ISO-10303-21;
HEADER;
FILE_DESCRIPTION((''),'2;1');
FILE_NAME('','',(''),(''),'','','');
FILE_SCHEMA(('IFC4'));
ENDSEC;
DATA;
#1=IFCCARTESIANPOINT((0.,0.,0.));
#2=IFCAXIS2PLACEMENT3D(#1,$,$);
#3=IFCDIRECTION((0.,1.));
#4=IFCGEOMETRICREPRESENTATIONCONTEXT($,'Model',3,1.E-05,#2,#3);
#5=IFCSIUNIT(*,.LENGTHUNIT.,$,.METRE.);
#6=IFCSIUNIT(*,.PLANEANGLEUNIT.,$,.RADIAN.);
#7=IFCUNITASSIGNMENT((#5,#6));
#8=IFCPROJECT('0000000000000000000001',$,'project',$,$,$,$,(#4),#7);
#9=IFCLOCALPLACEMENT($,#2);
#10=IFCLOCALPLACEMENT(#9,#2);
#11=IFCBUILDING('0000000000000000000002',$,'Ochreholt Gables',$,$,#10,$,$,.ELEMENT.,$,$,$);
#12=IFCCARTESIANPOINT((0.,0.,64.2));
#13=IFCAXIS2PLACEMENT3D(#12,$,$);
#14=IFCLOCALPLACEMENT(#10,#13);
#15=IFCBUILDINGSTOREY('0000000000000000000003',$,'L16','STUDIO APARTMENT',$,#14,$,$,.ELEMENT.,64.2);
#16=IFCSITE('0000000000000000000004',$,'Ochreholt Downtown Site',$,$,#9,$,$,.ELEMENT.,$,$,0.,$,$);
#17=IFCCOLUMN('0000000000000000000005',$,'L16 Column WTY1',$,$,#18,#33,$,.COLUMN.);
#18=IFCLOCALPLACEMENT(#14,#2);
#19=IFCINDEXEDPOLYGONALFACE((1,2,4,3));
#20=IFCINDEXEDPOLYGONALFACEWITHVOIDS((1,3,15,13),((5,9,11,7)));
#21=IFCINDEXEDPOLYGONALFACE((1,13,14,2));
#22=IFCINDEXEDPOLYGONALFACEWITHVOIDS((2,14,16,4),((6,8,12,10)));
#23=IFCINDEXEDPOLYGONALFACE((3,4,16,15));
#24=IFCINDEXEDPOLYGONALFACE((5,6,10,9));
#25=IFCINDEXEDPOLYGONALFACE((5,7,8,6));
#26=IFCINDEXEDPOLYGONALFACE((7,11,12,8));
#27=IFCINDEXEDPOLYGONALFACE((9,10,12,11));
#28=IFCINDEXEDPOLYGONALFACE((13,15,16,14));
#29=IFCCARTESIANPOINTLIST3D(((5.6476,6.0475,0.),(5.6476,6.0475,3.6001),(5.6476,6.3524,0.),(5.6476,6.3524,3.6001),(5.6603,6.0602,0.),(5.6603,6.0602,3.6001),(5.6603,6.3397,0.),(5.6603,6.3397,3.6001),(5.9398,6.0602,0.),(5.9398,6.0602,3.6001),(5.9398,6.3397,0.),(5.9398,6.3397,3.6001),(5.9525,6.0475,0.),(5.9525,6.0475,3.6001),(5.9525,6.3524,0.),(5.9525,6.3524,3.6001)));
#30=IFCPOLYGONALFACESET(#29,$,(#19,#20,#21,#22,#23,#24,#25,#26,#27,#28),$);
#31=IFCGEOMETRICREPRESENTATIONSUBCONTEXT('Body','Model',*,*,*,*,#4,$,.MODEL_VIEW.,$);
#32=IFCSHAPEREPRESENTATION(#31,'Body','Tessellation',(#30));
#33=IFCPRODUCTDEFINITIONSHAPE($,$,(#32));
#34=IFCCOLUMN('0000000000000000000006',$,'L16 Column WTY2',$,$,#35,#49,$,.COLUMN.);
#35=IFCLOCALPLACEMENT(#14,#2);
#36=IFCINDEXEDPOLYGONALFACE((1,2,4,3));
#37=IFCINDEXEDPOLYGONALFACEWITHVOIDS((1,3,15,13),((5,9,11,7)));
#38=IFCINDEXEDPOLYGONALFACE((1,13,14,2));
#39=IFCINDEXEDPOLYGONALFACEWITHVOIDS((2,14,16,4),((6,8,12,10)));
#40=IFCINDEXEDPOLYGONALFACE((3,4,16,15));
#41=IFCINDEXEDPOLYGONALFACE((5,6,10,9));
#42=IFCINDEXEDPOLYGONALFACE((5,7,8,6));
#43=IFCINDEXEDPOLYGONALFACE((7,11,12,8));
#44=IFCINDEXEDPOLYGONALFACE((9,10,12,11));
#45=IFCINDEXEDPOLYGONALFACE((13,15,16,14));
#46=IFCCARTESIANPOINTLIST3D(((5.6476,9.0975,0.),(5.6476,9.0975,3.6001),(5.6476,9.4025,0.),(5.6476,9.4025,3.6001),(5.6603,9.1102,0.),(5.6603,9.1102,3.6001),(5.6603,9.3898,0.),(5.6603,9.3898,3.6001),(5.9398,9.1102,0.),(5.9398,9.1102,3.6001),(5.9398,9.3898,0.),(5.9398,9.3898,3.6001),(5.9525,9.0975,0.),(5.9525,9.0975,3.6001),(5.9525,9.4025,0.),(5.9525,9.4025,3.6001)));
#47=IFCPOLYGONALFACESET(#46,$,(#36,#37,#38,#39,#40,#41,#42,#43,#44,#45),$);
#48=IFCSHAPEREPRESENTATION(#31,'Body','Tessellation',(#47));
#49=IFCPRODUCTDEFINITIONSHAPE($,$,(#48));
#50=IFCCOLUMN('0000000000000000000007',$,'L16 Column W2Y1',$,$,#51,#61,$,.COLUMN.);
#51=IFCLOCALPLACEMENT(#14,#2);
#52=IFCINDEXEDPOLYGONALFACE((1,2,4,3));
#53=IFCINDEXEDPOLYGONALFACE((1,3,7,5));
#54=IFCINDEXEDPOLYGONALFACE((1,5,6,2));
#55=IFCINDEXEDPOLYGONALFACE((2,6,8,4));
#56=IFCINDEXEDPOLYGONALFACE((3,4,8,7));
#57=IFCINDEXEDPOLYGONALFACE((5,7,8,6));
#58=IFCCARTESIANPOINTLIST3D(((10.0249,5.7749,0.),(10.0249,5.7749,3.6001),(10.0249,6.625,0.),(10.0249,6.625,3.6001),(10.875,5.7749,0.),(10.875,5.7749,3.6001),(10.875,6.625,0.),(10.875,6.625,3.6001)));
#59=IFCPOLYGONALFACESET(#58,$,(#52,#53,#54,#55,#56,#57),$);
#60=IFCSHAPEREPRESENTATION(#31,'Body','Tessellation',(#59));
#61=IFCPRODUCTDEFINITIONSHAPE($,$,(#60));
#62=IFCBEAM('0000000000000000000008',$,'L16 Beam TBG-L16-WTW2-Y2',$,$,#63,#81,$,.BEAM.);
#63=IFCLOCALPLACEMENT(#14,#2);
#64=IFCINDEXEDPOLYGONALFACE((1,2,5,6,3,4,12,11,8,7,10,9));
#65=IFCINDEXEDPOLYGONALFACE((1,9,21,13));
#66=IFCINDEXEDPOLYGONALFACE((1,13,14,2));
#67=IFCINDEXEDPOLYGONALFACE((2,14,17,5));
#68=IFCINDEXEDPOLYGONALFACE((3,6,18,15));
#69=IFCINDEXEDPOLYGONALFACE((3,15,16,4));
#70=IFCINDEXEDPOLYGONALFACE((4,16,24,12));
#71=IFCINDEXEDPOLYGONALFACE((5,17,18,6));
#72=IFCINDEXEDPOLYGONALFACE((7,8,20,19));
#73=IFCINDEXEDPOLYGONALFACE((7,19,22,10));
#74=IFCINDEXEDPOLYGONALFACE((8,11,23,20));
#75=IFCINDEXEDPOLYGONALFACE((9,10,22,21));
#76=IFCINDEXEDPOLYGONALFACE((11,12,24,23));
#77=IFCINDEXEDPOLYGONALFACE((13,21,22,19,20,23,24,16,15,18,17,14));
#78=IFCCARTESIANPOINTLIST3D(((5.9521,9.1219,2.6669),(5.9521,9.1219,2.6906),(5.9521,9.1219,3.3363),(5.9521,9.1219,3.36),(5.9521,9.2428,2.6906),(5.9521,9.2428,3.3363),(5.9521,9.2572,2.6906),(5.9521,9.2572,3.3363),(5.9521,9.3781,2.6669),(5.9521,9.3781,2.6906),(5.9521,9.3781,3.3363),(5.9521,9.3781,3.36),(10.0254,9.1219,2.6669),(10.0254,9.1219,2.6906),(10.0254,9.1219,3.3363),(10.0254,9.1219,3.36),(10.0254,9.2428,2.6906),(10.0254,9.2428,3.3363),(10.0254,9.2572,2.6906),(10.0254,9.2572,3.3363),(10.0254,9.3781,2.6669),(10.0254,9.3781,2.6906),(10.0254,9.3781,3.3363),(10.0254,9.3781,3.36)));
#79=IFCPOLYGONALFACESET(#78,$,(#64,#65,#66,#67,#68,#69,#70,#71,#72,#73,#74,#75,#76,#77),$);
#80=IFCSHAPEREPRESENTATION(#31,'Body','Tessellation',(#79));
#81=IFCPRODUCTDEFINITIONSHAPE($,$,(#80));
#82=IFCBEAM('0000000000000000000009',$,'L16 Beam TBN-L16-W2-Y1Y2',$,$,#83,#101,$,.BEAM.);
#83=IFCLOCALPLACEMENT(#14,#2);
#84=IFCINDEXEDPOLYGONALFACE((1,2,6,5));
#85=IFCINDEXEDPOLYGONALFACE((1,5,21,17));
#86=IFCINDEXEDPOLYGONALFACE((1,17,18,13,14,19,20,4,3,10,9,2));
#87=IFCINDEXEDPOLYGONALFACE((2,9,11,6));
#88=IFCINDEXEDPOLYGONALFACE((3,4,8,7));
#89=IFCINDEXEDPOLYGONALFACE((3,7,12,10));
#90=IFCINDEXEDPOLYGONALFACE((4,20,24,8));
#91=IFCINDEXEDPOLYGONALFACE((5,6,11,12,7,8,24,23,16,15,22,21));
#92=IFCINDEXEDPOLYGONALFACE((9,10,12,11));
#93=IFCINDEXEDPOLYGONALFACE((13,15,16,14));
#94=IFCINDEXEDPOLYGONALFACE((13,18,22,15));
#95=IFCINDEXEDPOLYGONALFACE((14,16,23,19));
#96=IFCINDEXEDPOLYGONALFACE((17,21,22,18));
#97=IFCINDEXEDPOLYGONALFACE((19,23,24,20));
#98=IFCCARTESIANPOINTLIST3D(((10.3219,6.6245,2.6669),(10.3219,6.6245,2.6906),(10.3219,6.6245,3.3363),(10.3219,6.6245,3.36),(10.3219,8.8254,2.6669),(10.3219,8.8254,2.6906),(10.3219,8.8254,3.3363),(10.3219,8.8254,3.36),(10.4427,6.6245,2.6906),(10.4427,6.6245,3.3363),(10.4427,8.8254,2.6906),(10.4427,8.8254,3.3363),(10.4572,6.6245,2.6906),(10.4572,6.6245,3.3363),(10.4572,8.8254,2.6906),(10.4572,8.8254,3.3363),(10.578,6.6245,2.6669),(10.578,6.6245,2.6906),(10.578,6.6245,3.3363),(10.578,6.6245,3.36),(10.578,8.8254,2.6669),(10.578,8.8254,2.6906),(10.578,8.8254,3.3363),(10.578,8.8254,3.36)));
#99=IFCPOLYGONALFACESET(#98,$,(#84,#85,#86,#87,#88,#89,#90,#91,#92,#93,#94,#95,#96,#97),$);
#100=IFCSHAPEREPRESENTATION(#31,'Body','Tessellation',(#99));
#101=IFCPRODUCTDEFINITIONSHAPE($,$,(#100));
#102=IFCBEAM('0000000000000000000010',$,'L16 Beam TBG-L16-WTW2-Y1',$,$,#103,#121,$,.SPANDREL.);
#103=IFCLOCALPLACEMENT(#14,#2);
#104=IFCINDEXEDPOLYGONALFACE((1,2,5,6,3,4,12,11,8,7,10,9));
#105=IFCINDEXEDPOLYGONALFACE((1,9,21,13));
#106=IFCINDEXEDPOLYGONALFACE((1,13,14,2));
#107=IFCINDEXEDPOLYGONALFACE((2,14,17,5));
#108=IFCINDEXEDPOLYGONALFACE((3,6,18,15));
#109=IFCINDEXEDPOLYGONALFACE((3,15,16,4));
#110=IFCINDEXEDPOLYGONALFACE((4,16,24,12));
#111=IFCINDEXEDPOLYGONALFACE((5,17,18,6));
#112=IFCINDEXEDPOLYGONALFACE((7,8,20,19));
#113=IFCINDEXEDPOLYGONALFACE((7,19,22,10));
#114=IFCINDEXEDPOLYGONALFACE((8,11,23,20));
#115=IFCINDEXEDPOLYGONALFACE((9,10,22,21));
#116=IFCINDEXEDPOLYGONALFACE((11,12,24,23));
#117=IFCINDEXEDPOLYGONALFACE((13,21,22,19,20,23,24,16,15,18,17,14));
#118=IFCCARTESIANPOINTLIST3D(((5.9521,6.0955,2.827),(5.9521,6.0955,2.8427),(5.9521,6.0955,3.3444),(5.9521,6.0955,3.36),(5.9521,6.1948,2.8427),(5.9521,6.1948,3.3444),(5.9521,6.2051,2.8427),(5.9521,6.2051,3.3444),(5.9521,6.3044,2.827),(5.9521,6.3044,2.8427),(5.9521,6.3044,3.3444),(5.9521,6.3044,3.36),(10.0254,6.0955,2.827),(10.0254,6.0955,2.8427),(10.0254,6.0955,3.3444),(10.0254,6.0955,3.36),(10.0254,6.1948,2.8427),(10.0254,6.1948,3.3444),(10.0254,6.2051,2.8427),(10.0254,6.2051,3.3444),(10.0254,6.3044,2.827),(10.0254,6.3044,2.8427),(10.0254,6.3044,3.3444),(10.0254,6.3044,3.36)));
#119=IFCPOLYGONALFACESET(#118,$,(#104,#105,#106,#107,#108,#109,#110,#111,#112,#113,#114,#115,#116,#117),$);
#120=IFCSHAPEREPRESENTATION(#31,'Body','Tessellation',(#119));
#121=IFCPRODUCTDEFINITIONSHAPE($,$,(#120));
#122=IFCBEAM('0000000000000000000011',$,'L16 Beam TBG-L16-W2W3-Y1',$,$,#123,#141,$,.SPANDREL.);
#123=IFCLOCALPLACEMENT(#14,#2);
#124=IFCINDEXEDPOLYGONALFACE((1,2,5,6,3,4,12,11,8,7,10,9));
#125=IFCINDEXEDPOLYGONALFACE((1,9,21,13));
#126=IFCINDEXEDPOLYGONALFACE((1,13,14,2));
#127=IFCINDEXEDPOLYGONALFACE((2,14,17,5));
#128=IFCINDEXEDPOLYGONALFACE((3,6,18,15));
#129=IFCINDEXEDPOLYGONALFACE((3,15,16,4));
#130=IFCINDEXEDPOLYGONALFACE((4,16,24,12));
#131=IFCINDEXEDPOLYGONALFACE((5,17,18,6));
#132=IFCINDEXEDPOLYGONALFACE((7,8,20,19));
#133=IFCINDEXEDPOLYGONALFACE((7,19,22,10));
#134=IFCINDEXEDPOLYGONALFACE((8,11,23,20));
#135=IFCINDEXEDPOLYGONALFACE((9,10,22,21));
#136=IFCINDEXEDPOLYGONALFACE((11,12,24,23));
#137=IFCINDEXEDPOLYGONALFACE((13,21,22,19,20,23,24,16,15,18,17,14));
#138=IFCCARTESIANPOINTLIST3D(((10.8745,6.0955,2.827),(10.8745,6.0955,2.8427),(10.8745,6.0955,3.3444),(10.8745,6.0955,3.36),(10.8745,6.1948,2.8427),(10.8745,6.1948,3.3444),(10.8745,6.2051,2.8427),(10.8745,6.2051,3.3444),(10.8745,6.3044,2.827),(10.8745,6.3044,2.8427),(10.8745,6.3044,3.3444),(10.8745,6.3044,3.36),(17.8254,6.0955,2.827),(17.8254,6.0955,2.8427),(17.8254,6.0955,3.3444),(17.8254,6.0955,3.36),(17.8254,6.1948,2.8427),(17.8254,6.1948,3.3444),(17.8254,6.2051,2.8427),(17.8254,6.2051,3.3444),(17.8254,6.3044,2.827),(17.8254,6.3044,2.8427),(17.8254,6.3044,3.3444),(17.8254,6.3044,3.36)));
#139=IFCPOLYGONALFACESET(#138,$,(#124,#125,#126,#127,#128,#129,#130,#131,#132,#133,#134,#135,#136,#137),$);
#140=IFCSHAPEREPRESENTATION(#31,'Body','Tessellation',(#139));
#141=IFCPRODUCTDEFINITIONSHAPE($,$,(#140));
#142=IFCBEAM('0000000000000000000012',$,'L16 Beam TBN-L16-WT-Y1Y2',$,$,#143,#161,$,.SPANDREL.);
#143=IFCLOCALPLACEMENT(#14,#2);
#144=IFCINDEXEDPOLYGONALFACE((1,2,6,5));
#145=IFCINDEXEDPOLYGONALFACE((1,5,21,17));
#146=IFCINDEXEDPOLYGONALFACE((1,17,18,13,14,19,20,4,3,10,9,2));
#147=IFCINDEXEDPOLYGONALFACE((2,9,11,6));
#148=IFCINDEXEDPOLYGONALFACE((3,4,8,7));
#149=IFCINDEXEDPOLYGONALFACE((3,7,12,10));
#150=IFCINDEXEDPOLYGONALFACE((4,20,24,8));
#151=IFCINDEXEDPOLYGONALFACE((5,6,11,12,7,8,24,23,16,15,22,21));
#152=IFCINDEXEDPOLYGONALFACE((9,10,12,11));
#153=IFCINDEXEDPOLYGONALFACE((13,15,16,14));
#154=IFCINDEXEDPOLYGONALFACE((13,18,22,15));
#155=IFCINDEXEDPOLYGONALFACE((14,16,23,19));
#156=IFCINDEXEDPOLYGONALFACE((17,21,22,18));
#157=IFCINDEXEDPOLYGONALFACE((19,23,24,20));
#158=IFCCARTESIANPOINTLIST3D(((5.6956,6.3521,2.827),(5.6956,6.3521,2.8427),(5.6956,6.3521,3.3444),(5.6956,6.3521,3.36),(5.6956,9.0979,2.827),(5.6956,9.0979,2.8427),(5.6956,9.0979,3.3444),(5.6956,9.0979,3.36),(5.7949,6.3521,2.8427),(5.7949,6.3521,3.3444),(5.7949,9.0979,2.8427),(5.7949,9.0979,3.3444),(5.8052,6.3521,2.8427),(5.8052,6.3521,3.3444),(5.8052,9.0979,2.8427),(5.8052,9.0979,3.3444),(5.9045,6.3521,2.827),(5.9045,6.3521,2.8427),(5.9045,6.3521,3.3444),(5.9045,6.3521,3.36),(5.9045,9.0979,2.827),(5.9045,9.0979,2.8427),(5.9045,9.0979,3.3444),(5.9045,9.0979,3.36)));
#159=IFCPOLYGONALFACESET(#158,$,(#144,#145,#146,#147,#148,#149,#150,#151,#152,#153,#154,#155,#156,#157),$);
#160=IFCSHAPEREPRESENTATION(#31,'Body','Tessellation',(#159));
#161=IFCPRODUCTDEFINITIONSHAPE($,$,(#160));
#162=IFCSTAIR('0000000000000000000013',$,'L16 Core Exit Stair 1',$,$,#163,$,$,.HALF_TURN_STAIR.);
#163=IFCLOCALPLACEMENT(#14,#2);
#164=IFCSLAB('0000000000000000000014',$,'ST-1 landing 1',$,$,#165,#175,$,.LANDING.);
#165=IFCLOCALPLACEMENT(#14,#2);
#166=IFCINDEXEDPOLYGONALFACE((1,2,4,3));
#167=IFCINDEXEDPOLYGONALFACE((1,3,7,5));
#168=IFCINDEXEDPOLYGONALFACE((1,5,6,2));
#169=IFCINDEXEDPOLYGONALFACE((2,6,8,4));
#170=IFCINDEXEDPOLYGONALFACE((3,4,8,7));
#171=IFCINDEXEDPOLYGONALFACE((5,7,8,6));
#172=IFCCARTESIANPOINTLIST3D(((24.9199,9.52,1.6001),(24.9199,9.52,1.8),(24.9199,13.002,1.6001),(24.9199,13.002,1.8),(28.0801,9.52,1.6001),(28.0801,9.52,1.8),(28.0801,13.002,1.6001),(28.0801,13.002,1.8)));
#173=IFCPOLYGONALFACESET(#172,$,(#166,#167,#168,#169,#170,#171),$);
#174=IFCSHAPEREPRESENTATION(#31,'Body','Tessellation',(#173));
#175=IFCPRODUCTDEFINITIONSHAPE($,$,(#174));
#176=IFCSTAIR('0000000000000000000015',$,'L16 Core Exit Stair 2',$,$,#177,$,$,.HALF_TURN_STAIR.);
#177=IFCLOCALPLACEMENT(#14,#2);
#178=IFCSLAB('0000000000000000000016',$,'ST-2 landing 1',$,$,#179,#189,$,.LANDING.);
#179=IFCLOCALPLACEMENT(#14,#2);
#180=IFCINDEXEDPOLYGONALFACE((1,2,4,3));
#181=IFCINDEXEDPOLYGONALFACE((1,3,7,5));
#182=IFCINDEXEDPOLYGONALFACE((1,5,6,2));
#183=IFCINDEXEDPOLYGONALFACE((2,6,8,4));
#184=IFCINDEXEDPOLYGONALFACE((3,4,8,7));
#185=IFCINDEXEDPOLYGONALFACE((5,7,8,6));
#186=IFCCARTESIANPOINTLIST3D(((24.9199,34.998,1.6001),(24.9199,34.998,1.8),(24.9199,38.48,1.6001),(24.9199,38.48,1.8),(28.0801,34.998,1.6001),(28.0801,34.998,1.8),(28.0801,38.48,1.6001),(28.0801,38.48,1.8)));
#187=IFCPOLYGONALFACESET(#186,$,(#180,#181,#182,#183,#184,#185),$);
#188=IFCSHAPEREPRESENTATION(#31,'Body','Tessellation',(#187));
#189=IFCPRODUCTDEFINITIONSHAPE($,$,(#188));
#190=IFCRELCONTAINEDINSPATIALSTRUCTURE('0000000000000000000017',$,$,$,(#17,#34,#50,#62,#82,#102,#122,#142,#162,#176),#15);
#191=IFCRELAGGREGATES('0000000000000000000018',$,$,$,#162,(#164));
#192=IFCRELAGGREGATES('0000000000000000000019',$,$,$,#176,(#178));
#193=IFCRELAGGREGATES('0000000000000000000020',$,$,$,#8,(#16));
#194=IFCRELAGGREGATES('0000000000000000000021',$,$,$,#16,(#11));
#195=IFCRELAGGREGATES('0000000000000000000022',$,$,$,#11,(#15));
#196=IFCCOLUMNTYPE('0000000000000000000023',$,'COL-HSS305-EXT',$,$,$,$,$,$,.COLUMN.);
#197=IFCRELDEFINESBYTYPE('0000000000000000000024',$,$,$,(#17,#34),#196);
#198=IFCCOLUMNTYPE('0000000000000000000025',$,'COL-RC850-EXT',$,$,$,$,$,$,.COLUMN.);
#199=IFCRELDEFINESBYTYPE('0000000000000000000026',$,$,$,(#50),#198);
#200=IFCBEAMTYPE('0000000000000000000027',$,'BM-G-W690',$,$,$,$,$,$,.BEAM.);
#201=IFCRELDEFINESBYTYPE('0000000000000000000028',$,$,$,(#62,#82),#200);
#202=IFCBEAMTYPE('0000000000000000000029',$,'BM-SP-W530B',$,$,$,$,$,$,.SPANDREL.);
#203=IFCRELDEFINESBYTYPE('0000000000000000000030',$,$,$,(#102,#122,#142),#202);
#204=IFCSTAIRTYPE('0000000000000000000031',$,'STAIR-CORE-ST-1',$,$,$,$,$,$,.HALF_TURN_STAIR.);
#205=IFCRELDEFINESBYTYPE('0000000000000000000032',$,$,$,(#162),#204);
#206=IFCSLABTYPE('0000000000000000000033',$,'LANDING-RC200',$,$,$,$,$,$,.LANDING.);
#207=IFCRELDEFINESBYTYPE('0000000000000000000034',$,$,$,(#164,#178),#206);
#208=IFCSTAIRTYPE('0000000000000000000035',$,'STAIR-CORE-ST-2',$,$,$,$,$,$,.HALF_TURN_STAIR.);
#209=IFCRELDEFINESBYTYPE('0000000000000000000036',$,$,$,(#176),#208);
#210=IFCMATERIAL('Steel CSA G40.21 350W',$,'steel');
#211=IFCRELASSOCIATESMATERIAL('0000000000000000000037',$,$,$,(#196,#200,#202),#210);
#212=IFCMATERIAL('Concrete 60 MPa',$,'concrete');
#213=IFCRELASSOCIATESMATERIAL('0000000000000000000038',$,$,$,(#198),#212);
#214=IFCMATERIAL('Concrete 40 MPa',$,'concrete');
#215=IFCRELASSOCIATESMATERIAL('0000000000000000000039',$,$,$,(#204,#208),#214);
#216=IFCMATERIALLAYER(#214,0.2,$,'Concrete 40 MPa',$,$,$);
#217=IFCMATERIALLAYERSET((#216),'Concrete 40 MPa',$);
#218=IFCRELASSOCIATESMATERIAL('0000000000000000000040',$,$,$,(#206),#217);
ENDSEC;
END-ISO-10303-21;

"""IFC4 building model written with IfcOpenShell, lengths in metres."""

from ifc_helpers import new_model, si_unit, direction, frame, origin, origin_2d, place, context, subcontext, project, spatial, polyline, rectangle, hollow_rectangle, i_section, outline, extrude, material, layer, layer_set, material_profile, profile_set, type_object, element, aggregate, save


model = new_model("IFC4")

# Units and contexts
model_context = context("Model", 3, precision=1e-05, world=origin(), true_north=direction((0.0, 1.0)))
body_context = subcontext(model_context, "Body", "Model", "MODEL_VIEW")
ifc_project = project(units=[si_unit("LENGTHUNIT", "METRE"), si_unit("PLANEANGLEUNIT", "RADIAN")], contexts=[model_context])

# Site, building, storey
site_placement = place(None, origin())
site = spatial("IfcSite", under=ifc_project, at=site_placement, Name="Ochreholt Downtown Site", CompositionType="ELEMENT", RefElevation=0.0)
building_placement = place(site_placement, origin())
building = spatial("IfcBuilding", under=site, at=building_placement, Name="Ochreholt Gables", CompositionType="ELEMENT")
storey_placement = place(building_placement, frame((0.0, 0.0, 64.2)))
storey = spatial("IfcBuildingStorey", under=building, at=storey_placement, Name="L16", Description="STUDIO APARTMENT", CompositionType="ELEMENT", Elevation=64.2)

# Columns
ifc_material_1 = material(Name="Steel CSA G40.21 350W", Category="steel")
ifc_material_profile_1 = material_profile(ifc_material_1, hollow_rectangle(XDim=0.3049, YDim=0.3049, WallThickness=0.0127, at=origin_2d()), Name="HSS305X305X13")
ifc_profile_set_1 = profile_set([ifc_material_profile_1], Name="Steel CSA G40.21 350W")
column_type_1 = type_object("IfcColumnType", Name="COL-HSS305-EXT", PredefinedType="COLUMN", material=ifc_profile_set_1)
for number, where, z_axis, x_axis, name in (
    (1, (5.8, 6.2, 0.0), (0.0, 0.0, 1.0), (1.0, 0.0, 0.0), "L16 Column WTY1"),
    (2, (5.8, 9.25, 0.0), (0.0, 0.0, 1.0), (1.0, 0.0, 0.0), "L16 Column WTY2"),
):
    element("IfcColumn", number, at=place(storey_placement, frame(where, z_axis=z_axis, x_axis=x_axis)), inside=storey, type_object=column_type_1, Name=name, PredefinedType="COLUMN", context=body_context, shape_type="SweptSolid", body=[
        extrude(hollow_rectangle(XDim=0.3049, YDim=0.3049, WallThickness=0.0127, at=origin_2d()), origin(), (0.0, 0.0, 1.0), 3.6001),
    ])
ifc_material_2 = material(Name="Concrete 60 MPa", Category="concrete")
ifc_material_profile_2 = material_profile(ifc_material_2, rectangle(XDim=0.8501, YDim=0.8501, at=origin_2d()), Name="RC850X850")
ifc_profile_set_2 = profile_set([ifc_material_profile_2], Name="Concrete 60 MPa")
column_type_2 = type_object("IfcColumnType", Name="COL-RC850-EXT", PredefinedType="COLUMN", material=ifc_profile_set_2)
column_placement = place(storey_placement, frame((10.45, 6.2, 0.0), z_axis=(0.0, 0.0, 1.0), x_axis=(1.0, 0.0, 0.0)))
element("IfcColumn", 3, at=column_placement, inside=storey, type_object=column_type_2, Name="L16 Column W2Y1", PredefinedType="COLUMN", context=body_context, shape_type="SweptSolid", body=[
    extrude(rectangle(XDim=0.8501, YDim=0.8501, at=origin_2d()), origin(), (0.0, 0.0, 1.0), 3.6001),
])

# Beams
ifc_material_profile_3 = material_profile(ifc_material_1, i_section(OverallWidth=0.2561, OverallDepth=0.6931, WebThickness=0.0144, FlangeThickness=0.0237, at=origin_2d()), Name="W690X170")
ifc_profile_set_3 = profile_set([ifc_material_profile_3], Name="Steel CSA G40.21 350W")
beam_type_1 = type_object("IfcBeamType", Name="BM-G-W690", PredefinedType="BEAM", material=ifc_profile_set_3)
beam_1_placement = place(storey_placement, frame((5.9521, 9.25, 3.0134), z_axis=(1.0, 0.0, 0.0), x_axis=(0.0, 1.0, 0.0)))
element("IfcBeam", 4, at=beam_1_placement, inside=storey, type_object=beam_type_1, Name="L16 Beam TBG-L16-WTW2-Y2", PredefinedType="BEAM", context=body_context, shape_type="SweptSolid", body=[
    extrude(i_section(OverallWidth=0.2561, OverallDepth=0.6931, WebThickness=0.0144, FlangeThickness=0.0237, at=origin_2d()), origin(), (0.0, 0.0, 1.0), 4.0732),
])
beam_2_placement = place(storey_placement, frame((10.45, 6.6245, 3.0134), z_axis=(0.0, 1.0, 0.0), x_axis=(-1.0, 0.0, 0.0)))
element("IfcBeam", 5, at=beam_2_placement, inside=storey, type_object=beam_type_1, Name="L16 Beam TBN-L16-W2-Y1Y2", PredefinedType="BEAM", context=body_context, shape_type="SweptSolid", body=[
    extrude(i_section(OverallWidth=0.2561, OverallDepth=0.6931, WebThickness=0.0144, FlangeThickness=0.0237, at=origin_2d()), origin(), (0.0, 0.0, 1.0), 2.2009),
])
ifc_material_profile_4 = material_profile(ifc_material_1, i_section(OverallWidth=0.209, OverallDepth=0.533, WebThickness=0.0103, FlangeThickness=0.0156, at=origin_2d()), Name="W530X92")
ifc_profile_set_4 = profile_set([ifc_material_profile_4], Name="Steel CSA G40.21 350W")
beam_type_2 = type_object("IfcBeamType", Name="BM-SP-W530B", PredefinedType="SPANDREL", material=ifc_profile_set_4)
beam_3_placement = place(storey_placement, frame((5.9521, 6.2, 3.0935), z_axis=(1.0, 0.0, 0.0), x_axis=(0.0, 1.0, 0.0)))
element("IfcBeam", 6, at=beam_3_placement, inside=storey, type_object=beam_type_2, Name="L16 Beam TBG-L16-WTW2-Y1", PredefinedType="SPANDREL", context=body_context, shape_type="SweptSolid", body=[
    extrude(i_section(OverallWidth=0.209, OverallDepth=0.533, WebThickness=0.0103, FlangeThickness=0.0156, at=origin_2d()), origin(), (0.0, 0.0, 1.0), 4.0732),
])
beam_4_placement = place(storey_placement, frame((10.8745, 6.2, 3.0935), z_axis=(1.0, 0.0, 0.0), x_axis=(0.0, 1.0, 0.0)))
element("IfcBeam", 7, at=beam_4_placement, inside=storey, type_object=beam_type_2, Name="L16 Beam TBG-L16-W2W3-Y1", PredefinedType="SPANDREL", context=body_context, shape_type="SweptSolid", body=[
    extrude(i_section(OverallWidth=0.209, OverallDepth=0.533, WebThickness=0.0103, FlangeThickness=0.0156, at=origin_2d()), origin(), (0.0, 0.0, 1.0), 6.9509),
])
beam_5_placement = place(storey_placement, frame((5.8, 6.3521, 3.0935), z_axis=(0.0, 1.0, 0.0), x_axis=(-1.0, 0.0, 0.0)))
element("IfcBeam", 8, at=beam_5_placement, inside=storey, type_object=beam_type_2, Name="L16 Beam TBN-L16-WT-Y1Y2", PredefinedType="SPANDREL", context=body_context, shape_type="SweptSolid", body=[
    extrude(i_section(OverallWidth=0.209, OverallDepth=0.533, WebThickness=0.0103, FlangeThickness=0.0156, at=origin_2d()), origin(), (0.0, 0.0, 1.0), 2.7458),
])

# Stairs, slabs
ifc_material_3 = material(Name="Concrete 40 MPa", Category="concrete")
stair_type_1 = type_object("IfcStairType", Name="STAIR-CORE-ST-1", PredefinedType="HALF_TURN_STAIR", material=ifc_material_3)
stair_1_placement = place(storey_placement, origin())
stair_1 = element("IfcStair", 9, at=stair_1_placement, inside=storey, type_object=stair_type_1, Name="L16 Core Exit Stair 1", PredefinedType="HALF_TURN_STAIR")
ifc_layer_1 = layer(ifc_material_3, 0.2, Name="Concrete 40 MPa")
ifc_layer_set_1 = layer_set([ifc_layer_1], Name="Concrete 40 MPa")
slab_type_1 = type_object("IfcSlabType", Name="LANDING-RC200", PredefinedType="LANDING", material=ifc_layer_set_1)
slab_1_placement = place(storey_placement, frame((0.0, 0.0, 1.6001)))
slab_1 = element("IfcSlab", 10, at=slab_1_placement, type_object=slab_type_1, Name="ST-1 landing 1", PredefinedType="LANDING", context=body_context, shape_type="SweptSolid", body=[
    extrude(outline(polyline([(24.9199, 13.002), (24.9199, 9.52), (28.0801, 9.52), (28.0801, 13.002), (24.9199, 13.002)])), origin(), (0.0, 0.0, 1.0), 0.2),
])
aggregate(stair_1, [slab_1])
stair_type_2 = type_object("IfcStairType", Name="STAIR-CORE-ST-2", PredefinedType="HALF_TURN_STAIR", material=ifc_material_3)
stair_2_placement = place(storey_placement, origin())
stair_2 = element("IfcStair", 11, at=stair_2_placement, inside=storey, type_object=stair_type_2, Name="L16 Core Exit Stair 2", PredefinedType="HALF_TURN_STAIR")
slab_2_placement = place(storey_placement, frame((0.0, 0.0, 1.6001)))
slab_2 = element("IfcSlab", 12, at=slab_2_placement, type_object=slab_type_1, Name="ST-2 landing 1", PredefinedType="LANDING", context=body_context, shape_type="SweptSolid", body=[
    extrude(outline(polyline([(28.0801, 34.998), (28.0801, 38.48), (24.9199, 38.48), (24.9199, 34.998), (28.0801, 34.998)])), origin(), (0.0, 0.0, 1.0), 0.2),
])
aggregate(stair_2, [slab_2])

save(model, "model.ifc")
